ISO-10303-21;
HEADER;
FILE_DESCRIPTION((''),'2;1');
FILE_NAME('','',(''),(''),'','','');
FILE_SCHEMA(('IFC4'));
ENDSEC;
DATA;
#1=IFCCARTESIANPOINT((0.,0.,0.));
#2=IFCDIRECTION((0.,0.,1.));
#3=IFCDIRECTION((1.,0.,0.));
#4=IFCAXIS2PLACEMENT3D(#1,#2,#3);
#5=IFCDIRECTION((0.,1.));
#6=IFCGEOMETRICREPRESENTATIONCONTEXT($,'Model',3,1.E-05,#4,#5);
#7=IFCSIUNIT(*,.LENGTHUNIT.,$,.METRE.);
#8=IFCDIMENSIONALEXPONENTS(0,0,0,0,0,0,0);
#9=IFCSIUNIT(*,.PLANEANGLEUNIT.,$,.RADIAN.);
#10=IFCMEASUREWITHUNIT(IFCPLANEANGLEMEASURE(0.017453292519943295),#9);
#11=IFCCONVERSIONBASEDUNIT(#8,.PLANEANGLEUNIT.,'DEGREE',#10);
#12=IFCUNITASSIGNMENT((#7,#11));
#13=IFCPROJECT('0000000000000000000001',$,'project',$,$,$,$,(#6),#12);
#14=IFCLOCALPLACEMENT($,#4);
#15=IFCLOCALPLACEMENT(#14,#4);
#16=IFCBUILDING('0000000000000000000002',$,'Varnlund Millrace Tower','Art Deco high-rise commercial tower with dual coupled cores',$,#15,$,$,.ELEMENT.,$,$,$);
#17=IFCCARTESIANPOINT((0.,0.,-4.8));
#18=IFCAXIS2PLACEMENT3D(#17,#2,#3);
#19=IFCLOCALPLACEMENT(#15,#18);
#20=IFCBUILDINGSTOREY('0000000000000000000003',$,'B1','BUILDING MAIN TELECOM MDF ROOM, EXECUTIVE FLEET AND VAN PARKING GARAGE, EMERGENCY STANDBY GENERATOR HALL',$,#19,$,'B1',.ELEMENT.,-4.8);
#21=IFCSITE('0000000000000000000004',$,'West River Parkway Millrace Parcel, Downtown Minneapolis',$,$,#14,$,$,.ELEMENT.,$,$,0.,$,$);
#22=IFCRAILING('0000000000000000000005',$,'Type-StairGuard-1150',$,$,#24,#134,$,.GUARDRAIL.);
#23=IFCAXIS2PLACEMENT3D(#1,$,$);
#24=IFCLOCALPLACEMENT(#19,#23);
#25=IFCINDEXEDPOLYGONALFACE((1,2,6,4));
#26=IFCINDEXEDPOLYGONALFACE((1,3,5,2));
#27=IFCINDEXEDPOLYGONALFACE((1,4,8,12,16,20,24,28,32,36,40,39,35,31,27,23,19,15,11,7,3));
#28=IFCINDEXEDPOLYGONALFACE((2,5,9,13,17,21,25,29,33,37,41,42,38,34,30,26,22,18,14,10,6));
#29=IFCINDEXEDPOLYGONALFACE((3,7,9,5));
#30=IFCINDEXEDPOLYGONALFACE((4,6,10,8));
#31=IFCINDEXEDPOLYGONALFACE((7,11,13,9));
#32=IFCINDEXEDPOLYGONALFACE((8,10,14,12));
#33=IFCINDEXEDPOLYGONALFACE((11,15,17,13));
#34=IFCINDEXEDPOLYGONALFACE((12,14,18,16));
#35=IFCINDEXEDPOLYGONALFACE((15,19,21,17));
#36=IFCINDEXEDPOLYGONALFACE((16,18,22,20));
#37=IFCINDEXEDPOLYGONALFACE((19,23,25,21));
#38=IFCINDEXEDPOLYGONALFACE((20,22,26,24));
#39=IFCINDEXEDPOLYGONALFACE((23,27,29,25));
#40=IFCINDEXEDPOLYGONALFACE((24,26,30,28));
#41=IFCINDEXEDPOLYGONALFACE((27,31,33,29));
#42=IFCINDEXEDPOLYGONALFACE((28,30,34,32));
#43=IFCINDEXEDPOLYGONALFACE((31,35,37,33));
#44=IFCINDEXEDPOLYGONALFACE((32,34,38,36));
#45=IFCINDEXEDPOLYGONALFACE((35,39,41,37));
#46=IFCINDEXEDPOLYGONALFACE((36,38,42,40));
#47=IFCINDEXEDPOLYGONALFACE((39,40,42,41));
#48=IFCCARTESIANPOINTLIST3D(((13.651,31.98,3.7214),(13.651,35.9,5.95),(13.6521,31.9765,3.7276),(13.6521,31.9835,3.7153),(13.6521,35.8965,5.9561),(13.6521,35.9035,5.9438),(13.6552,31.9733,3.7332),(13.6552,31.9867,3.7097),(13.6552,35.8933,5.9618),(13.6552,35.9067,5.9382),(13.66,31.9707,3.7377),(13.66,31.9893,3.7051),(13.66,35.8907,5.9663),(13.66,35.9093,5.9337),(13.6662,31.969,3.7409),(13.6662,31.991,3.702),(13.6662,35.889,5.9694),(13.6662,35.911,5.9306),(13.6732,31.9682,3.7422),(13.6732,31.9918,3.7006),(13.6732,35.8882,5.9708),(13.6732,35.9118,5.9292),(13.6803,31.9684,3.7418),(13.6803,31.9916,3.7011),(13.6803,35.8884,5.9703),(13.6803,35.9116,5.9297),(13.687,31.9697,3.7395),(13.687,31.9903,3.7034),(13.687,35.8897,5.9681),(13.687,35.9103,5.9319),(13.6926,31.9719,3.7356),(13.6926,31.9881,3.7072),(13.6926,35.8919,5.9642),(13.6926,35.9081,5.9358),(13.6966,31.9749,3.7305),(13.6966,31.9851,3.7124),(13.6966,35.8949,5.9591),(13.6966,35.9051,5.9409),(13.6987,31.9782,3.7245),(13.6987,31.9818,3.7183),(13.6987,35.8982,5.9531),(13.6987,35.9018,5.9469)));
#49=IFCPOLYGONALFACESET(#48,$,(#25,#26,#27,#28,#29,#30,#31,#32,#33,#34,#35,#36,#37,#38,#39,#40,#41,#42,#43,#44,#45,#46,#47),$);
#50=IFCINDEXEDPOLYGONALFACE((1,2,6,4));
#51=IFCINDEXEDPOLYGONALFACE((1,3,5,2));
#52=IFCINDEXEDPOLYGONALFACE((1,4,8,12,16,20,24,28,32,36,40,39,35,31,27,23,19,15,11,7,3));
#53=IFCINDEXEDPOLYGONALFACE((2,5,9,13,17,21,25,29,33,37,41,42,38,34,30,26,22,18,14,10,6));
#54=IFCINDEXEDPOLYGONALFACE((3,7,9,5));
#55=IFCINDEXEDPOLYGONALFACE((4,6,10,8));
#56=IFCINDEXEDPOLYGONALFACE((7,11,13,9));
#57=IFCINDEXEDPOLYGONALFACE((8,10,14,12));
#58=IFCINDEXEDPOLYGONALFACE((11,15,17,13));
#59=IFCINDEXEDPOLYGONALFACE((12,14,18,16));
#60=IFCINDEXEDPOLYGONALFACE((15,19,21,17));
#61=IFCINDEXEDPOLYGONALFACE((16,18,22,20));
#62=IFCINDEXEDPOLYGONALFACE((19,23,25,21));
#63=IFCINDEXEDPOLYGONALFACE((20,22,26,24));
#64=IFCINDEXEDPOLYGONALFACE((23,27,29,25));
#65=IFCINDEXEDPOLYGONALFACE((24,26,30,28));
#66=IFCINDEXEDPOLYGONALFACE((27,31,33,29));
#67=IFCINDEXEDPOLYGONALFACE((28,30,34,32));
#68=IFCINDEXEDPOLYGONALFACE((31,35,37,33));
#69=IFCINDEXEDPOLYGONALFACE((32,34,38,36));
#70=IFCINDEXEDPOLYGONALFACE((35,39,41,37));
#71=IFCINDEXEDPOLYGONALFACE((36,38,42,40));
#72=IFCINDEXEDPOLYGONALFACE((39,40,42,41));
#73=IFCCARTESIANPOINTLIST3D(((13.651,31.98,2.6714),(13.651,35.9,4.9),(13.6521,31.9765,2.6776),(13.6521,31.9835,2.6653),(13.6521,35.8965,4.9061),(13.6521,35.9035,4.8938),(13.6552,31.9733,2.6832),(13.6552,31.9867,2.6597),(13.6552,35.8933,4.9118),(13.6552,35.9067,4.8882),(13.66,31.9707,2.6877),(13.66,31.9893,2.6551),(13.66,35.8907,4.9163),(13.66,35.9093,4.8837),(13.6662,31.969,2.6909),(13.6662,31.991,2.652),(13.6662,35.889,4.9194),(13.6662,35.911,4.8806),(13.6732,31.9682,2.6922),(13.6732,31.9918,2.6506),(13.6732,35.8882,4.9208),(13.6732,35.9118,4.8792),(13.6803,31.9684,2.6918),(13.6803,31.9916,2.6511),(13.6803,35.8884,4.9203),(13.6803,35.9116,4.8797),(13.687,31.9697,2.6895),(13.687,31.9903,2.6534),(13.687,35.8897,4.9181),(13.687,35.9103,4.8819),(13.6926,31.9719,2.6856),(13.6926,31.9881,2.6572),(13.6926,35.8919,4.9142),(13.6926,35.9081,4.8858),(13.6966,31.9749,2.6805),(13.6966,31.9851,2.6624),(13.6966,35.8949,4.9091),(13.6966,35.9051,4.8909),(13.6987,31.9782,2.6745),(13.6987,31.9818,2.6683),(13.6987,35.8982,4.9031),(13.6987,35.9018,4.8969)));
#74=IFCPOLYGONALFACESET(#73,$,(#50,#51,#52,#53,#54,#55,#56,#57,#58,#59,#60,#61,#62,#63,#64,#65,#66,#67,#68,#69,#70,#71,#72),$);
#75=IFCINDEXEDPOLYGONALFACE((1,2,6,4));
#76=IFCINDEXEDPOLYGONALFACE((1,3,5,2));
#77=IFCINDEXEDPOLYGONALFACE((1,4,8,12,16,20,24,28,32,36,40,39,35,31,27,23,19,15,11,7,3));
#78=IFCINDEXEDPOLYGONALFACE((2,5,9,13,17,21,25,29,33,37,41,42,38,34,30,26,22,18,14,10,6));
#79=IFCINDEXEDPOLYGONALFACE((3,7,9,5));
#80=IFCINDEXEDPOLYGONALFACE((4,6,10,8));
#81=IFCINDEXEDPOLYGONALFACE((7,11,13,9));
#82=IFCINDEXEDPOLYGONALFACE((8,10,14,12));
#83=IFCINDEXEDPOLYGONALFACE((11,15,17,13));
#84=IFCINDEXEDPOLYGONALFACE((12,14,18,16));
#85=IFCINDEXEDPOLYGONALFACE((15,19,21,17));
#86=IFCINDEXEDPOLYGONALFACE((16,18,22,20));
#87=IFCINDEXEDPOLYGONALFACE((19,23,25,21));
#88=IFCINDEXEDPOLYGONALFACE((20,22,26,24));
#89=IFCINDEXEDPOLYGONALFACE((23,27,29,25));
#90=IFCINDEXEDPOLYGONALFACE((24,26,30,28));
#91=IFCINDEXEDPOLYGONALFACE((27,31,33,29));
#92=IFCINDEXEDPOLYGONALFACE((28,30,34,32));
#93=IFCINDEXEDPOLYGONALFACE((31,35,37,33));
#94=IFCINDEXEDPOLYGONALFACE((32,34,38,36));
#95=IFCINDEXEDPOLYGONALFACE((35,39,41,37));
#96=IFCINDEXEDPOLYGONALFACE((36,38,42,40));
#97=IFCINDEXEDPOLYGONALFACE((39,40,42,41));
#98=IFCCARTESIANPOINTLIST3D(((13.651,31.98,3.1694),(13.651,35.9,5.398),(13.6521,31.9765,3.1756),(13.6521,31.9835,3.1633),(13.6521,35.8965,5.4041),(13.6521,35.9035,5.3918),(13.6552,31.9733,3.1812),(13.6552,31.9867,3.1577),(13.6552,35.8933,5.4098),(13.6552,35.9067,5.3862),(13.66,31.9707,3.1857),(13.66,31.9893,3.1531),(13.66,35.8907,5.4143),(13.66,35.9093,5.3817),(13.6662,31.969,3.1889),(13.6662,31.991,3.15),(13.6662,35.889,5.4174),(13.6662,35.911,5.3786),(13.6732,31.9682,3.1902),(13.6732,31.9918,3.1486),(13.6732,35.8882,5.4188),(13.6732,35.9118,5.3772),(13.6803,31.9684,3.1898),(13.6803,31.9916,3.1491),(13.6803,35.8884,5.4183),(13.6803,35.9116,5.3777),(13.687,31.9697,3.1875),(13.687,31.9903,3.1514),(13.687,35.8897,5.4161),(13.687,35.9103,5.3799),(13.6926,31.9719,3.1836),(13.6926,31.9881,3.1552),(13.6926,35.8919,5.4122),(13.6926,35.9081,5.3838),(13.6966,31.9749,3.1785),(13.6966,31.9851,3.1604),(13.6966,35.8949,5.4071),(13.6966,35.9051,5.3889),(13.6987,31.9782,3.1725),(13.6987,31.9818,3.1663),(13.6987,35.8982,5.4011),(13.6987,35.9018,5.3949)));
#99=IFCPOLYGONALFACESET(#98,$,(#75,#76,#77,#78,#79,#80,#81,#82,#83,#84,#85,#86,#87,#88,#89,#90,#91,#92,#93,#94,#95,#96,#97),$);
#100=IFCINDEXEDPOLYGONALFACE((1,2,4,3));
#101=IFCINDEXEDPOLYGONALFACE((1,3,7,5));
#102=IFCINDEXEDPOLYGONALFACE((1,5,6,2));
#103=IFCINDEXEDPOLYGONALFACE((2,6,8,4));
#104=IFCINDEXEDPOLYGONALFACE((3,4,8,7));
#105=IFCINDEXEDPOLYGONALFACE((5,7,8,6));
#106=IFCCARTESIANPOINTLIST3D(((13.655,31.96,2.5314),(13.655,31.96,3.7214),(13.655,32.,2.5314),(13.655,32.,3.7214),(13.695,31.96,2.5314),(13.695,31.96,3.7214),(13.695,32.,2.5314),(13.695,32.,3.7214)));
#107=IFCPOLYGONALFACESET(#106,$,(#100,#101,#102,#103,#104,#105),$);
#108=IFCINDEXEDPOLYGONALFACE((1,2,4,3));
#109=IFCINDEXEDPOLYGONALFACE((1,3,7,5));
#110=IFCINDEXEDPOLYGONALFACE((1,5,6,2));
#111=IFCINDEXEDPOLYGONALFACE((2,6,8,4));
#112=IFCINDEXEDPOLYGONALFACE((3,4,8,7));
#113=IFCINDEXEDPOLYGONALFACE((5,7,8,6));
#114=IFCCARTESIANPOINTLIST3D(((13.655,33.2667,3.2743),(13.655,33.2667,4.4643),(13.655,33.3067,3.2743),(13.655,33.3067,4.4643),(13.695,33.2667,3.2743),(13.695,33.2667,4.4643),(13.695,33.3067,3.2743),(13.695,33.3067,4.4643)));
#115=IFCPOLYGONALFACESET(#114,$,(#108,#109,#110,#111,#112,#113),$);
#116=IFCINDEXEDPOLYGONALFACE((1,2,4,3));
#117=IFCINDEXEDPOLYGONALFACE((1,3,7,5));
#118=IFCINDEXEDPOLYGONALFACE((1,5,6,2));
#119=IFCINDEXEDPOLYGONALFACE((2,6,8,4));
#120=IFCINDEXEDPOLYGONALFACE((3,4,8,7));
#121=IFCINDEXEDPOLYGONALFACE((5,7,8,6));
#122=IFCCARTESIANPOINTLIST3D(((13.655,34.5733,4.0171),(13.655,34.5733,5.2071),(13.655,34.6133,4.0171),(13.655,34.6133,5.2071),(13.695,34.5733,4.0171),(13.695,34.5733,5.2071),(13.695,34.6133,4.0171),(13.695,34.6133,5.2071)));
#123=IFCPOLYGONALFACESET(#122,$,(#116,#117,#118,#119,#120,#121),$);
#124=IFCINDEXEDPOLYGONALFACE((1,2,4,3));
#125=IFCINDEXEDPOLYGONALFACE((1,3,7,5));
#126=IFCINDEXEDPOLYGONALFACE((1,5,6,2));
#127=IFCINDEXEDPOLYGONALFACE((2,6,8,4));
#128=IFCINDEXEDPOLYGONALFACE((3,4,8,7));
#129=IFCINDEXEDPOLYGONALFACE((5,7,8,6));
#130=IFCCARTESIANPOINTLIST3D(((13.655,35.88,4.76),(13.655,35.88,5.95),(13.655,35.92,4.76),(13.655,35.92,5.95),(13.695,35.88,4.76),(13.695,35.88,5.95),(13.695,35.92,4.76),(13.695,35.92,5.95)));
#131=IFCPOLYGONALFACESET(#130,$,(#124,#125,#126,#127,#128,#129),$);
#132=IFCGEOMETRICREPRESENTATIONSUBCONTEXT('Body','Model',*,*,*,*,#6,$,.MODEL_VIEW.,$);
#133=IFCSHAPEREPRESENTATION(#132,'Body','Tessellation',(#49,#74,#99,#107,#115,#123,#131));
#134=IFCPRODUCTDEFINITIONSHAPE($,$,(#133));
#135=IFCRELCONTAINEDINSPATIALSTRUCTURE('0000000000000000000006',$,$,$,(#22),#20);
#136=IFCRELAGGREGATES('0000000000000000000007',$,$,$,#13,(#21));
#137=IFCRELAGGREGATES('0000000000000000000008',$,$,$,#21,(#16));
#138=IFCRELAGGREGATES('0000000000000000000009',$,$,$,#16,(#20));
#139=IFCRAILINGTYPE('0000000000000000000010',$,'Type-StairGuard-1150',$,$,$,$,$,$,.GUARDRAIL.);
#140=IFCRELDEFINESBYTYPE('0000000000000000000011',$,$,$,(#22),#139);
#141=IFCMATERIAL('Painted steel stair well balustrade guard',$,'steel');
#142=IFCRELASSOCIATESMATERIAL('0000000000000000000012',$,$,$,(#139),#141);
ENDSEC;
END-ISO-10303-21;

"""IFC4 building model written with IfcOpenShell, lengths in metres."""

from ifc_helpers import new_model, entity, si_unit, converted_unit, direction, frame, origin_with_axes, origin_2d_with_axis, place, context, subcontext, project, spatial, rectangle, circle, extrude, material, type_object, element, save


model = new_model("IFC4")

# Units and contexts
model_context = context("Model", 3, precision=1e-05, world=origin_with_axes(), true_north=direction((0.0, 1.0)))
body_context = subcontext(model_context, "Body", "Model", "MODEL_VIEW")
ifc_project = project(units=[si_unit("LENGTHUNIT", "METRE"), converted_unit("PLANEANGLEUNIT", "DEGREE", entity("IfcPlaneAngleMeasure", 0.017453292519943295), si_unit("PLANEANGLEUNIT", "RADIAN"), dimensions=[0, 0, 0, 0, 0, 0, 0])], contexts=[model_context])

# Site, building, storey
site_placement = place(None, origin_with_axes())
site = spatial("IfcSite", under=ifc_project, at=site_placement, Name="West River Parkway Millrace Parcel, Downtown Minneapolis", CompositionType="ELEMENT", RefElevation=0.0)
building_placement = place(site_placement, origin_with_axes())
building = spatial("IfcBuilding", under=site, at=building_placement, Name="Varnlund Millrace Tower", Description="Art Deco high-rise commercial tower with dual coupled cores", CompositionType="ELEMENT")
storey_placement = place(building_placement, frame((0.0, 0.0, -4.8), z_axis=(0.0, 0.0, 1.0), x_axis=(1.0, 0.0, 0.0)))
storey = spatial("IfcBuildingStorey", under=building, at=storey_placement, Name="B1", Description="BUILDING MAIN TELECOM MDF ROOM, EXECUTIVE FLEET AND VAN PARKING GARAGE, EMERGENCY STANDBY GENERATOR HALL", LongName="B1", CompositionType="ELEMENT", Elevation=-4.8)

# Railing
ifc_material_1 = material(Name="Painted steel stair well balustrade guard", Category="steel")
railing_type_1 = type_object("IfcRailingType", Name="Type-StairGuard-1150", PredefinedType="GUARDRAIL", material=ifc_material_1)
railing_1_placement = place(storey_placement, frame((0.0, 0.0, 4.8), z_axis=(0.0, 0.0, 1.0), x_axis=(1.0, 0.0, 0.0)))
element("IfcRailing", 1, at=railing_1_placement, inside=storey, type_object=railing_type_1, Name="Type-StairGuard-1150", PredefinedType="GUARDRAIL", context=body_context, shape_type="SweptSolid", body=[
    extrude(circle(Radius=0.024, at=origin_2d_with_axis()), frame((13.675, 31.98, -1.0786), z_axis=(0.0, 0.869333, 0.494227), x_axis=(-1.0, 0.0, 0.0)), (0.0, 0.0, 1.0), 4.5092),
    extrude(circle(Radius=0.024, at=origin_2d_with_axis()), frame((13.675, 31.98, -2.1286), z_axis=(0.0, 0.869333, 0.494227), x_axis=(-1.0, 0.0, 0.0)), (0.0, 0.0, 1.0), 4.5092),
    extrude(circle(Radius=0.024, at=origin_2d_with_axis()), frame((13.675, 31.98, -1.6306), z_axis=(0.0, 0.869333, 0.494227), x_axis=(-1.0, 0.0, 0.0)), (0.0, 0.0, 1.0), 4.5092),
    extrude(rectangle(XDim=0.04, YDim=0.04, at=origin_2d_with_axis()), frame((13.675, 31.98, -2.2686), z_axis=(0.0, 0.0, 1.0), x_axis=(1.0, 0.0, 0.0)), (0.0, 0.0, 1.0), 1.19),
    extrude(rectangle(XDim=0.04, YDim=0.04, at=origin_2d_with_axis()), frame((13.675, 33.2867, -1.5257), z_axis=(0.0, 0.0, 1.0), x_axis=(1.0, 0.0, 0.0)), (0.0, 0.0, 1.0), 1.19),
    extrude(rectangle(XDim=0.04, YDim=0.04, at=origin_2d_with_axis()), frame((13.675, 34.5933, -0.7829), z_axis=(0.0, 0.0, 1.0), x_axis=(1.0, 0.0, 0.0)), (0.0, 0.0, 1.0), 1.19),
    extrude(rectangle(XDim=0.04, YDim=0.04, at=origin_2d_with_axis()), frame((13.675, 35.9, -0.04), z_axis=(0.0, 0.0, 1.0), x_axis=(1.0, 0.0, 0.0)), (0.0, 0.0, 1.0), 1.19),
])

save(model, "model.ifc")
